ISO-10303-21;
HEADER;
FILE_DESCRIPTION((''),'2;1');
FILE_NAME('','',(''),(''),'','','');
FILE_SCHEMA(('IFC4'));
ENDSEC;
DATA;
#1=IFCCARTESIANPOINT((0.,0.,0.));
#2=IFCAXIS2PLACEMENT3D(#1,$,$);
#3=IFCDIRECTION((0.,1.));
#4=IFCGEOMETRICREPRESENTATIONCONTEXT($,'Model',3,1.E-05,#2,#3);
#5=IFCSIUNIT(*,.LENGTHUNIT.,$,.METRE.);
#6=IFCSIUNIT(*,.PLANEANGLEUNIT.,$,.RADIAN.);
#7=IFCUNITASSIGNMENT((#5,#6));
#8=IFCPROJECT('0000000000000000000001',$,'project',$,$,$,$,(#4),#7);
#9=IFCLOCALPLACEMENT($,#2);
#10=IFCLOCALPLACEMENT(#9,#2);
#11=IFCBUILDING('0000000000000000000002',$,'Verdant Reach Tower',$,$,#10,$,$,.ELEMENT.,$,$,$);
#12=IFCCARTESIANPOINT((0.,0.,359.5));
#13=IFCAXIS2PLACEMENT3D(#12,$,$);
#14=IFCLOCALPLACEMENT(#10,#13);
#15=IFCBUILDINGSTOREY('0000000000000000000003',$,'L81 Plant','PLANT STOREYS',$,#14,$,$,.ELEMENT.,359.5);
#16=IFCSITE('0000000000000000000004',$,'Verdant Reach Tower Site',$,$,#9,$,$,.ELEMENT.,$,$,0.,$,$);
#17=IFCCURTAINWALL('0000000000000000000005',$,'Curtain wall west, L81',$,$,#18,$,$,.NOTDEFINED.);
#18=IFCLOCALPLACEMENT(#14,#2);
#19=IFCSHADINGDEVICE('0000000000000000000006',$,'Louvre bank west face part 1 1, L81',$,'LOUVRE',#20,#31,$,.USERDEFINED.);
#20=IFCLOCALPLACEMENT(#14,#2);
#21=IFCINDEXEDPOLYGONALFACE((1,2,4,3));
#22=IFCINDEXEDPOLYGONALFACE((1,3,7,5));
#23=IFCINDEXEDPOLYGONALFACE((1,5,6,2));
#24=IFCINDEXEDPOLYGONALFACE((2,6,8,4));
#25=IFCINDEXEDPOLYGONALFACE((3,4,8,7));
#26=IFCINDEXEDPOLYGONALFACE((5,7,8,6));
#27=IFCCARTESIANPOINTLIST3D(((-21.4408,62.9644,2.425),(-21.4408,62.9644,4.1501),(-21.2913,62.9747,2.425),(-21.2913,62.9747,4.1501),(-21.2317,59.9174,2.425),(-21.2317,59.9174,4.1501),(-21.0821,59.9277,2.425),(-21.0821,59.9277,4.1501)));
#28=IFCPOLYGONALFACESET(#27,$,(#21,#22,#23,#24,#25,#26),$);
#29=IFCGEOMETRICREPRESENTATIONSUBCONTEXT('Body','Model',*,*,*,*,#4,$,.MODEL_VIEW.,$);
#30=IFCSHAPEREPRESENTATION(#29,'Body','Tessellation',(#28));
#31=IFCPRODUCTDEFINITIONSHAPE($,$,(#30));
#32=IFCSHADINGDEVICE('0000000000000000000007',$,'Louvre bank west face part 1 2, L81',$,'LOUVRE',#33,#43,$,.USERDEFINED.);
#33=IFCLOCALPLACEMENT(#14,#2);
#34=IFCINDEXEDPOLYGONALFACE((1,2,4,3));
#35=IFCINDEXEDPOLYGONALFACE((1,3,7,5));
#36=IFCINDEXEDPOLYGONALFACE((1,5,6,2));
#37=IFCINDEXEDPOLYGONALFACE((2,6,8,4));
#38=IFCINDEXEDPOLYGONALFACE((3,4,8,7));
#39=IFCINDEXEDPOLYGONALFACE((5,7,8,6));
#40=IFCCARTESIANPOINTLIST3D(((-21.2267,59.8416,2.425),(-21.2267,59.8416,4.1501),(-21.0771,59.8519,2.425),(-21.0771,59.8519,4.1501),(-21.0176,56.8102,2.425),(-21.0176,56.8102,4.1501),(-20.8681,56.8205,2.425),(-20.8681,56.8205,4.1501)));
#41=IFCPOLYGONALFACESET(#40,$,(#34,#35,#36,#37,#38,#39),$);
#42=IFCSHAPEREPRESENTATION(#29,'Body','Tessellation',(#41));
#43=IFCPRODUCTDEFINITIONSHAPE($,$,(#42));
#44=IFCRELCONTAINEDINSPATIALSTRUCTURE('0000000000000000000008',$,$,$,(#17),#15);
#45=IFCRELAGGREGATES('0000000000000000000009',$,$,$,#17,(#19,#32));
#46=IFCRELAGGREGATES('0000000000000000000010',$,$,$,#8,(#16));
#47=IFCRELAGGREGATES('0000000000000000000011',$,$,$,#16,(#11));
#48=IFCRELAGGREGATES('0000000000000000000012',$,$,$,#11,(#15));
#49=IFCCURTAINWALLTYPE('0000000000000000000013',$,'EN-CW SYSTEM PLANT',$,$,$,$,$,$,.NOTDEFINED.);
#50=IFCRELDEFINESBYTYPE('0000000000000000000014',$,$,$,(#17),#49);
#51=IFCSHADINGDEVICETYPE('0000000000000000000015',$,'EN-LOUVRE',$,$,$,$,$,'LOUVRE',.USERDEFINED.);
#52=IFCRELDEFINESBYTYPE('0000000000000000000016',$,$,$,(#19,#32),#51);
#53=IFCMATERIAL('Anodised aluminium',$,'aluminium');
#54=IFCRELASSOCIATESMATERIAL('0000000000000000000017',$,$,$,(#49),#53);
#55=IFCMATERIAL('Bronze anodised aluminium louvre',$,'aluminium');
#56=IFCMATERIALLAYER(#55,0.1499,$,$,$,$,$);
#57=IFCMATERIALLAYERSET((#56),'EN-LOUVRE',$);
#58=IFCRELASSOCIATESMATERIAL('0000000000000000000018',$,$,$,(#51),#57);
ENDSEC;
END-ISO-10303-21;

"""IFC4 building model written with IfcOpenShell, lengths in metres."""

from ifc_helpers import new_model, si_unit, direction, frame, origin, origin_2d, place, context, subcontext, project, spatial, rectangle, extrude, material, layer, layer_set, type_object, element, aggregate, save


model = new_model("IFC4")

# Units and contexts
model_context = context("Model", 3, precision=1e-05, world=origin(), true_north=direction((0.0, 1.0)))
body_context = subcontext(model_context, "Body", "Model", "MODEL_VIEW")
ifc_project = project(units=[si_unit("LENGTHUNIT", "METRE"), si_unit("PLANEANGLEUNIT", "RADIAN")], contexts=[model_context])

# Site, building, storey
site_placement = place(None, origin())
site = spatial("IfcSite", under=ifc_project, at=site_placement, Name="Verdant Reach Tower Site", CompositionType="ELEMENT", RefElevation=0.0)
building_placement = place(site_placement, origin())
building = spatial("IfcBuilding", under=site, at=building_placement, Name="Verdant Reach Tower", CompositionType="ELEMENT")
storey_placement = place(building_placement, frame((0.0, 0.0, 359.5)))
storey = spatial("IfcBuildingStorey", under=building, at=storey_placement, Name="L81 Plant", Description="PLANT STOREYS", CompositionType="ELEMENT", Elevation=359.5)

# Curtain wall
ifc_material_1 = material(Name="Anodised aluminium", Category="aluminium")
curtain_wall_type = type_object("IfcCurtainWallType", Name="EN-CW SYSTEM PLANT", PredefinedType="NOTDEFINED", material=ifc_material_1)
curtain_wall_1_placement = place(storey_placement, origin())
curtain_wall_1 = element("IfcCurtainWall", 1, at=curtain_wall_1_placement, inside=storey, type_object=curtain_wall_type, Name="Curtain wall west, L81", PredefinedType="NOTDEFINED")

# Shading devices
ifc_material_2 = material(Name="Bronze anodised aluminium louvre", Category="aluminium")
ifc_layer_1 = layer(ifc_material_2, 0.1499)
ifc_layer_set_1 = layer_set([ifc_layer_1], Name="EN-LOUVRE")
shading_device_type = type_object("IfcShadingDeviceType", Name="EN-LOUVRE", ElementType="LOUVRE", PredefinedType="USERDEFINED", material=ifc_layer_set_1)
shading_device_1_placement = place(storey_placement, frame((-21.2615, 61.446, 2.425), z_axis=(0.0, 0.0, 1.0), x_axis=(0.068469, -0.997653, 0.0)))
shading_device_1 = element("IfcShadingDevice", 2, at=shading_device_1_placement, type_object=shading_device_type, Name="Louvre bank west face part 1 1, L81", ObjectType="LOUVRE", PredefinedType="USERDEFINED", context=body_context, shape_type="SweptSolid", body=[
    extrude(rectangle(XDim=3.0542, YDim=0.1499, at=origin_2d()), origin(), (0.0, 0.0, 1.0), 1.7251),
])
shading_device_2_placement = place(storey_placement, frame((-21.0474, 58.3311, 2.425), z_axis=(0.0, 0.0, 1.0), x_axis=(0.068802, -0.99763, 0.0)))
shading_device_2 = element("IfcShadingDevice", 3, at=shading_device_2_placement, type_object=shading_device_type, Name="Louvre bank west face part 1 2, L81", ObjectType="LOUVRE", PredefinedType="USERDEFINED", context=body_context, shape_type="SweptSolid", body=[
    extrude(rectangle(XDim=3.0386, YDim=0.1499, at=origin_2d()), origin(), (0.0, 0.0, 1.0), 1.7251),
])
aggregate(curtain_wall_1, [shading_device_1, shading_device_2])

save(model, "model.ifc")
